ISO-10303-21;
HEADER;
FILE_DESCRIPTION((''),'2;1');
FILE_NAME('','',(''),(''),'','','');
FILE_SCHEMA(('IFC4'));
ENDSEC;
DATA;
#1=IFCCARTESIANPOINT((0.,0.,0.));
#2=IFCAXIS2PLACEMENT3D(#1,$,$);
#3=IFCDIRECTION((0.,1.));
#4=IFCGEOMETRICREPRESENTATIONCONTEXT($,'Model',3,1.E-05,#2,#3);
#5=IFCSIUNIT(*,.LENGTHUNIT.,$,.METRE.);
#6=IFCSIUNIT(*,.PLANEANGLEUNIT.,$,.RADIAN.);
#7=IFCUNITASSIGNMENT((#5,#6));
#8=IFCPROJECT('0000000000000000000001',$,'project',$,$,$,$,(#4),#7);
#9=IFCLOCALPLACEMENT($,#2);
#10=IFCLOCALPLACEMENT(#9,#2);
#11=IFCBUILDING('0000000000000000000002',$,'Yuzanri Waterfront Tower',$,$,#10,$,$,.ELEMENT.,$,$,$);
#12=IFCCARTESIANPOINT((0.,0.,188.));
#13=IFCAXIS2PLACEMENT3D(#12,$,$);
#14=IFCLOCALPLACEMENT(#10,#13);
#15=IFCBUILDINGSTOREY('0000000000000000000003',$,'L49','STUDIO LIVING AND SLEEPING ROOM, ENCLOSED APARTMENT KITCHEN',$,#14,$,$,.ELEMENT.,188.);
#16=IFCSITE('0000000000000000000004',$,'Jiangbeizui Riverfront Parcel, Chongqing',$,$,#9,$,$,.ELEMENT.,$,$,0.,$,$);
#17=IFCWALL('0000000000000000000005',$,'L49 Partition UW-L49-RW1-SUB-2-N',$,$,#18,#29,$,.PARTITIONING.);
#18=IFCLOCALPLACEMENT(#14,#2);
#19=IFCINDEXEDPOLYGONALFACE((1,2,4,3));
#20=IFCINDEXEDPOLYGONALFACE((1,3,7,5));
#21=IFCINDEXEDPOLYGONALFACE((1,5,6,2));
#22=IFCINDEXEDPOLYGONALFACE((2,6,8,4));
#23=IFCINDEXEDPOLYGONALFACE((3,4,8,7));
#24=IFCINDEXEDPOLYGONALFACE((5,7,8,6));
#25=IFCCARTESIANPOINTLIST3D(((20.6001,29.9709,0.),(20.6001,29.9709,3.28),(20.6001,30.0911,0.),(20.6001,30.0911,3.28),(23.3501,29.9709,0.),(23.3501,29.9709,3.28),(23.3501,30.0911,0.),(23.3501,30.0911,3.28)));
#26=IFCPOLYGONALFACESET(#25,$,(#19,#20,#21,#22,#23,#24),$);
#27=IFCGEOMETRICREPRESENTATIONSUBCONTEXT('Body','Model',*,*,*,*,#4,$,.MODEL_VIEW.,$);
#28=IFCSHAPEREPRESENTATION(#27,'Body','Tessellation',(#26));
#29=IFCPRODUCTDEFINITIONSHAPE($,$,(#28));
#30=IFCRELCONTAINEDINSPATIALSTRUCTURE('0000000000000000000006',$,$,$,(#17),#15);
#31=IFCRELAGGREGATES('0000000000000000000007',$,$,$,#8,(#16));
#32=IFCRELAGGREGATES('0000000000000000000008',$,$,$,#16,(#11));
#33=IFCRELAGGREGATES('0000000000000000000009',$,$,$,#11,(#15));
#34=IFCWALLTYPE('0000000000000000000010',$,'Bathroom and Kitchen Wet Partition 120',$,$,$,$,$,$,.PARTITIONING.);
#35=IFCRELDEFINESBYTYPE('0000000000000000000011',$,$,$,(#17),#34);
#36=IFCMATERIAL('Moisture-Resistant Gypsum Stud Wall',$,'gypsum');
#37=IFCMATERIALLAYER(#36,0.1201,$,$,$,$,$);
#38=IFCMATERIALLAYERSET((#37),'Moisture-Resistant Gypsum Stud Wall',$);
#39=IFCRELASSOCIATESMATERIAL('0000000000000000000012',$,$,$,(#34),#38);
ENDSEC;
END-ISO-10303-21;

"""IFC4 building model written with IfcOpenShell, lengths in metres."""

from ifc_helpers import new_model, si_unit, direction, frame, frame_2d, origin, place, context, subcontext, project, spatial, rectangle, extrude, source, transform, mapped, material, layer, layer_set, type_object, element, save


model = new_model("IFC4")

# Units and contexts
model_context = context("Model", 3, precision=1e-05, world=origin(), true_north=direction((0.0, 1.0)))
body_context = subcontext(model_context, "Body", "Model", "MODEL_VIEW")
ifc_project = project(units=[si_unit("LENGTHUNIT", "METRE"), si_unit("PLANEANGLEUNIT", "RADIAN")], contexts=[model_context])

# Site, building, storey
site_placement = place(None, origin())
site = spatial("IfcSite", under=ifc_project, at=site_placement, Name="Jiangbeizui Riverfront Parcel, Chongqing", CompositionType="ELEMENT", RefElevation=0.0)
building_placement = place(site_placement, origin())
building = spatial("IfcBuilding", under=site, at=building_placement, Name="Yuzanri Waterfront Tower", CompositionType="ELEMENT")
storey_placement = place(building_placement, frame((0.0, 0.0, 188.0)))
storey = spatial("IfcBuildingStorey", under=building, at=storey_placement, Name="L49", Description="STUDIO LIVING AND SLEEPING ROOM, ENCLOSED APARTMENT KITCHEN", CompositionType="ELEMENT", Elevation=188.0)

# Shared definitions
ifc_material_1 = material(Name="Moisture-Resistant Gypsum Stud Wall", Category="gypsum")
ifc_layer_1 = layer(ifc_material_1, 0.1201)
ifc_layer_set_1 = layer_set([ifc_layer_1], Name="Moisture-Resistant Gypsum Stud Wall")
wall_type_1 = type_object("IfcWallType", Name="Bathroom and Kitchen Wet Partition 120", PredefinedType="PARTITIONING", material=ifc_layer_set_1)

# Wall
shared_shape_1 = source(origin(), body_context, "Body", "SweptSolid", [
    extrude(rectangle(XDim=2.75, YDim=0.1201, at=frame_2d((1.375, 0.0))), origin(), (0.0, 0.0, 1.0), 3.28),
])
for number, where, z_axis, x_axis, name in (
    (1, (20.6001, 30.031, 0.0), (0.0, 0.0, 1.0), (1.0, 0.0, 0.0), "L49 Partition UW-L49-RW1-SUB-2-N"),
):
    element("IfcWall", number, at=place(storey_placement, frame(where, z_axis=z_axis, x_axis=x_axis)), inside=storey, type_object=wall_type_1, Name=name, PredefinedType="PARTITIONING", context=body_context, shape_type="MappedRepresentation", body=[
        mapped(shared_shape_1, transform((0.0, 0.0, 0.0), scale=1.0)),
    ])

save(model, "model.ifc")
